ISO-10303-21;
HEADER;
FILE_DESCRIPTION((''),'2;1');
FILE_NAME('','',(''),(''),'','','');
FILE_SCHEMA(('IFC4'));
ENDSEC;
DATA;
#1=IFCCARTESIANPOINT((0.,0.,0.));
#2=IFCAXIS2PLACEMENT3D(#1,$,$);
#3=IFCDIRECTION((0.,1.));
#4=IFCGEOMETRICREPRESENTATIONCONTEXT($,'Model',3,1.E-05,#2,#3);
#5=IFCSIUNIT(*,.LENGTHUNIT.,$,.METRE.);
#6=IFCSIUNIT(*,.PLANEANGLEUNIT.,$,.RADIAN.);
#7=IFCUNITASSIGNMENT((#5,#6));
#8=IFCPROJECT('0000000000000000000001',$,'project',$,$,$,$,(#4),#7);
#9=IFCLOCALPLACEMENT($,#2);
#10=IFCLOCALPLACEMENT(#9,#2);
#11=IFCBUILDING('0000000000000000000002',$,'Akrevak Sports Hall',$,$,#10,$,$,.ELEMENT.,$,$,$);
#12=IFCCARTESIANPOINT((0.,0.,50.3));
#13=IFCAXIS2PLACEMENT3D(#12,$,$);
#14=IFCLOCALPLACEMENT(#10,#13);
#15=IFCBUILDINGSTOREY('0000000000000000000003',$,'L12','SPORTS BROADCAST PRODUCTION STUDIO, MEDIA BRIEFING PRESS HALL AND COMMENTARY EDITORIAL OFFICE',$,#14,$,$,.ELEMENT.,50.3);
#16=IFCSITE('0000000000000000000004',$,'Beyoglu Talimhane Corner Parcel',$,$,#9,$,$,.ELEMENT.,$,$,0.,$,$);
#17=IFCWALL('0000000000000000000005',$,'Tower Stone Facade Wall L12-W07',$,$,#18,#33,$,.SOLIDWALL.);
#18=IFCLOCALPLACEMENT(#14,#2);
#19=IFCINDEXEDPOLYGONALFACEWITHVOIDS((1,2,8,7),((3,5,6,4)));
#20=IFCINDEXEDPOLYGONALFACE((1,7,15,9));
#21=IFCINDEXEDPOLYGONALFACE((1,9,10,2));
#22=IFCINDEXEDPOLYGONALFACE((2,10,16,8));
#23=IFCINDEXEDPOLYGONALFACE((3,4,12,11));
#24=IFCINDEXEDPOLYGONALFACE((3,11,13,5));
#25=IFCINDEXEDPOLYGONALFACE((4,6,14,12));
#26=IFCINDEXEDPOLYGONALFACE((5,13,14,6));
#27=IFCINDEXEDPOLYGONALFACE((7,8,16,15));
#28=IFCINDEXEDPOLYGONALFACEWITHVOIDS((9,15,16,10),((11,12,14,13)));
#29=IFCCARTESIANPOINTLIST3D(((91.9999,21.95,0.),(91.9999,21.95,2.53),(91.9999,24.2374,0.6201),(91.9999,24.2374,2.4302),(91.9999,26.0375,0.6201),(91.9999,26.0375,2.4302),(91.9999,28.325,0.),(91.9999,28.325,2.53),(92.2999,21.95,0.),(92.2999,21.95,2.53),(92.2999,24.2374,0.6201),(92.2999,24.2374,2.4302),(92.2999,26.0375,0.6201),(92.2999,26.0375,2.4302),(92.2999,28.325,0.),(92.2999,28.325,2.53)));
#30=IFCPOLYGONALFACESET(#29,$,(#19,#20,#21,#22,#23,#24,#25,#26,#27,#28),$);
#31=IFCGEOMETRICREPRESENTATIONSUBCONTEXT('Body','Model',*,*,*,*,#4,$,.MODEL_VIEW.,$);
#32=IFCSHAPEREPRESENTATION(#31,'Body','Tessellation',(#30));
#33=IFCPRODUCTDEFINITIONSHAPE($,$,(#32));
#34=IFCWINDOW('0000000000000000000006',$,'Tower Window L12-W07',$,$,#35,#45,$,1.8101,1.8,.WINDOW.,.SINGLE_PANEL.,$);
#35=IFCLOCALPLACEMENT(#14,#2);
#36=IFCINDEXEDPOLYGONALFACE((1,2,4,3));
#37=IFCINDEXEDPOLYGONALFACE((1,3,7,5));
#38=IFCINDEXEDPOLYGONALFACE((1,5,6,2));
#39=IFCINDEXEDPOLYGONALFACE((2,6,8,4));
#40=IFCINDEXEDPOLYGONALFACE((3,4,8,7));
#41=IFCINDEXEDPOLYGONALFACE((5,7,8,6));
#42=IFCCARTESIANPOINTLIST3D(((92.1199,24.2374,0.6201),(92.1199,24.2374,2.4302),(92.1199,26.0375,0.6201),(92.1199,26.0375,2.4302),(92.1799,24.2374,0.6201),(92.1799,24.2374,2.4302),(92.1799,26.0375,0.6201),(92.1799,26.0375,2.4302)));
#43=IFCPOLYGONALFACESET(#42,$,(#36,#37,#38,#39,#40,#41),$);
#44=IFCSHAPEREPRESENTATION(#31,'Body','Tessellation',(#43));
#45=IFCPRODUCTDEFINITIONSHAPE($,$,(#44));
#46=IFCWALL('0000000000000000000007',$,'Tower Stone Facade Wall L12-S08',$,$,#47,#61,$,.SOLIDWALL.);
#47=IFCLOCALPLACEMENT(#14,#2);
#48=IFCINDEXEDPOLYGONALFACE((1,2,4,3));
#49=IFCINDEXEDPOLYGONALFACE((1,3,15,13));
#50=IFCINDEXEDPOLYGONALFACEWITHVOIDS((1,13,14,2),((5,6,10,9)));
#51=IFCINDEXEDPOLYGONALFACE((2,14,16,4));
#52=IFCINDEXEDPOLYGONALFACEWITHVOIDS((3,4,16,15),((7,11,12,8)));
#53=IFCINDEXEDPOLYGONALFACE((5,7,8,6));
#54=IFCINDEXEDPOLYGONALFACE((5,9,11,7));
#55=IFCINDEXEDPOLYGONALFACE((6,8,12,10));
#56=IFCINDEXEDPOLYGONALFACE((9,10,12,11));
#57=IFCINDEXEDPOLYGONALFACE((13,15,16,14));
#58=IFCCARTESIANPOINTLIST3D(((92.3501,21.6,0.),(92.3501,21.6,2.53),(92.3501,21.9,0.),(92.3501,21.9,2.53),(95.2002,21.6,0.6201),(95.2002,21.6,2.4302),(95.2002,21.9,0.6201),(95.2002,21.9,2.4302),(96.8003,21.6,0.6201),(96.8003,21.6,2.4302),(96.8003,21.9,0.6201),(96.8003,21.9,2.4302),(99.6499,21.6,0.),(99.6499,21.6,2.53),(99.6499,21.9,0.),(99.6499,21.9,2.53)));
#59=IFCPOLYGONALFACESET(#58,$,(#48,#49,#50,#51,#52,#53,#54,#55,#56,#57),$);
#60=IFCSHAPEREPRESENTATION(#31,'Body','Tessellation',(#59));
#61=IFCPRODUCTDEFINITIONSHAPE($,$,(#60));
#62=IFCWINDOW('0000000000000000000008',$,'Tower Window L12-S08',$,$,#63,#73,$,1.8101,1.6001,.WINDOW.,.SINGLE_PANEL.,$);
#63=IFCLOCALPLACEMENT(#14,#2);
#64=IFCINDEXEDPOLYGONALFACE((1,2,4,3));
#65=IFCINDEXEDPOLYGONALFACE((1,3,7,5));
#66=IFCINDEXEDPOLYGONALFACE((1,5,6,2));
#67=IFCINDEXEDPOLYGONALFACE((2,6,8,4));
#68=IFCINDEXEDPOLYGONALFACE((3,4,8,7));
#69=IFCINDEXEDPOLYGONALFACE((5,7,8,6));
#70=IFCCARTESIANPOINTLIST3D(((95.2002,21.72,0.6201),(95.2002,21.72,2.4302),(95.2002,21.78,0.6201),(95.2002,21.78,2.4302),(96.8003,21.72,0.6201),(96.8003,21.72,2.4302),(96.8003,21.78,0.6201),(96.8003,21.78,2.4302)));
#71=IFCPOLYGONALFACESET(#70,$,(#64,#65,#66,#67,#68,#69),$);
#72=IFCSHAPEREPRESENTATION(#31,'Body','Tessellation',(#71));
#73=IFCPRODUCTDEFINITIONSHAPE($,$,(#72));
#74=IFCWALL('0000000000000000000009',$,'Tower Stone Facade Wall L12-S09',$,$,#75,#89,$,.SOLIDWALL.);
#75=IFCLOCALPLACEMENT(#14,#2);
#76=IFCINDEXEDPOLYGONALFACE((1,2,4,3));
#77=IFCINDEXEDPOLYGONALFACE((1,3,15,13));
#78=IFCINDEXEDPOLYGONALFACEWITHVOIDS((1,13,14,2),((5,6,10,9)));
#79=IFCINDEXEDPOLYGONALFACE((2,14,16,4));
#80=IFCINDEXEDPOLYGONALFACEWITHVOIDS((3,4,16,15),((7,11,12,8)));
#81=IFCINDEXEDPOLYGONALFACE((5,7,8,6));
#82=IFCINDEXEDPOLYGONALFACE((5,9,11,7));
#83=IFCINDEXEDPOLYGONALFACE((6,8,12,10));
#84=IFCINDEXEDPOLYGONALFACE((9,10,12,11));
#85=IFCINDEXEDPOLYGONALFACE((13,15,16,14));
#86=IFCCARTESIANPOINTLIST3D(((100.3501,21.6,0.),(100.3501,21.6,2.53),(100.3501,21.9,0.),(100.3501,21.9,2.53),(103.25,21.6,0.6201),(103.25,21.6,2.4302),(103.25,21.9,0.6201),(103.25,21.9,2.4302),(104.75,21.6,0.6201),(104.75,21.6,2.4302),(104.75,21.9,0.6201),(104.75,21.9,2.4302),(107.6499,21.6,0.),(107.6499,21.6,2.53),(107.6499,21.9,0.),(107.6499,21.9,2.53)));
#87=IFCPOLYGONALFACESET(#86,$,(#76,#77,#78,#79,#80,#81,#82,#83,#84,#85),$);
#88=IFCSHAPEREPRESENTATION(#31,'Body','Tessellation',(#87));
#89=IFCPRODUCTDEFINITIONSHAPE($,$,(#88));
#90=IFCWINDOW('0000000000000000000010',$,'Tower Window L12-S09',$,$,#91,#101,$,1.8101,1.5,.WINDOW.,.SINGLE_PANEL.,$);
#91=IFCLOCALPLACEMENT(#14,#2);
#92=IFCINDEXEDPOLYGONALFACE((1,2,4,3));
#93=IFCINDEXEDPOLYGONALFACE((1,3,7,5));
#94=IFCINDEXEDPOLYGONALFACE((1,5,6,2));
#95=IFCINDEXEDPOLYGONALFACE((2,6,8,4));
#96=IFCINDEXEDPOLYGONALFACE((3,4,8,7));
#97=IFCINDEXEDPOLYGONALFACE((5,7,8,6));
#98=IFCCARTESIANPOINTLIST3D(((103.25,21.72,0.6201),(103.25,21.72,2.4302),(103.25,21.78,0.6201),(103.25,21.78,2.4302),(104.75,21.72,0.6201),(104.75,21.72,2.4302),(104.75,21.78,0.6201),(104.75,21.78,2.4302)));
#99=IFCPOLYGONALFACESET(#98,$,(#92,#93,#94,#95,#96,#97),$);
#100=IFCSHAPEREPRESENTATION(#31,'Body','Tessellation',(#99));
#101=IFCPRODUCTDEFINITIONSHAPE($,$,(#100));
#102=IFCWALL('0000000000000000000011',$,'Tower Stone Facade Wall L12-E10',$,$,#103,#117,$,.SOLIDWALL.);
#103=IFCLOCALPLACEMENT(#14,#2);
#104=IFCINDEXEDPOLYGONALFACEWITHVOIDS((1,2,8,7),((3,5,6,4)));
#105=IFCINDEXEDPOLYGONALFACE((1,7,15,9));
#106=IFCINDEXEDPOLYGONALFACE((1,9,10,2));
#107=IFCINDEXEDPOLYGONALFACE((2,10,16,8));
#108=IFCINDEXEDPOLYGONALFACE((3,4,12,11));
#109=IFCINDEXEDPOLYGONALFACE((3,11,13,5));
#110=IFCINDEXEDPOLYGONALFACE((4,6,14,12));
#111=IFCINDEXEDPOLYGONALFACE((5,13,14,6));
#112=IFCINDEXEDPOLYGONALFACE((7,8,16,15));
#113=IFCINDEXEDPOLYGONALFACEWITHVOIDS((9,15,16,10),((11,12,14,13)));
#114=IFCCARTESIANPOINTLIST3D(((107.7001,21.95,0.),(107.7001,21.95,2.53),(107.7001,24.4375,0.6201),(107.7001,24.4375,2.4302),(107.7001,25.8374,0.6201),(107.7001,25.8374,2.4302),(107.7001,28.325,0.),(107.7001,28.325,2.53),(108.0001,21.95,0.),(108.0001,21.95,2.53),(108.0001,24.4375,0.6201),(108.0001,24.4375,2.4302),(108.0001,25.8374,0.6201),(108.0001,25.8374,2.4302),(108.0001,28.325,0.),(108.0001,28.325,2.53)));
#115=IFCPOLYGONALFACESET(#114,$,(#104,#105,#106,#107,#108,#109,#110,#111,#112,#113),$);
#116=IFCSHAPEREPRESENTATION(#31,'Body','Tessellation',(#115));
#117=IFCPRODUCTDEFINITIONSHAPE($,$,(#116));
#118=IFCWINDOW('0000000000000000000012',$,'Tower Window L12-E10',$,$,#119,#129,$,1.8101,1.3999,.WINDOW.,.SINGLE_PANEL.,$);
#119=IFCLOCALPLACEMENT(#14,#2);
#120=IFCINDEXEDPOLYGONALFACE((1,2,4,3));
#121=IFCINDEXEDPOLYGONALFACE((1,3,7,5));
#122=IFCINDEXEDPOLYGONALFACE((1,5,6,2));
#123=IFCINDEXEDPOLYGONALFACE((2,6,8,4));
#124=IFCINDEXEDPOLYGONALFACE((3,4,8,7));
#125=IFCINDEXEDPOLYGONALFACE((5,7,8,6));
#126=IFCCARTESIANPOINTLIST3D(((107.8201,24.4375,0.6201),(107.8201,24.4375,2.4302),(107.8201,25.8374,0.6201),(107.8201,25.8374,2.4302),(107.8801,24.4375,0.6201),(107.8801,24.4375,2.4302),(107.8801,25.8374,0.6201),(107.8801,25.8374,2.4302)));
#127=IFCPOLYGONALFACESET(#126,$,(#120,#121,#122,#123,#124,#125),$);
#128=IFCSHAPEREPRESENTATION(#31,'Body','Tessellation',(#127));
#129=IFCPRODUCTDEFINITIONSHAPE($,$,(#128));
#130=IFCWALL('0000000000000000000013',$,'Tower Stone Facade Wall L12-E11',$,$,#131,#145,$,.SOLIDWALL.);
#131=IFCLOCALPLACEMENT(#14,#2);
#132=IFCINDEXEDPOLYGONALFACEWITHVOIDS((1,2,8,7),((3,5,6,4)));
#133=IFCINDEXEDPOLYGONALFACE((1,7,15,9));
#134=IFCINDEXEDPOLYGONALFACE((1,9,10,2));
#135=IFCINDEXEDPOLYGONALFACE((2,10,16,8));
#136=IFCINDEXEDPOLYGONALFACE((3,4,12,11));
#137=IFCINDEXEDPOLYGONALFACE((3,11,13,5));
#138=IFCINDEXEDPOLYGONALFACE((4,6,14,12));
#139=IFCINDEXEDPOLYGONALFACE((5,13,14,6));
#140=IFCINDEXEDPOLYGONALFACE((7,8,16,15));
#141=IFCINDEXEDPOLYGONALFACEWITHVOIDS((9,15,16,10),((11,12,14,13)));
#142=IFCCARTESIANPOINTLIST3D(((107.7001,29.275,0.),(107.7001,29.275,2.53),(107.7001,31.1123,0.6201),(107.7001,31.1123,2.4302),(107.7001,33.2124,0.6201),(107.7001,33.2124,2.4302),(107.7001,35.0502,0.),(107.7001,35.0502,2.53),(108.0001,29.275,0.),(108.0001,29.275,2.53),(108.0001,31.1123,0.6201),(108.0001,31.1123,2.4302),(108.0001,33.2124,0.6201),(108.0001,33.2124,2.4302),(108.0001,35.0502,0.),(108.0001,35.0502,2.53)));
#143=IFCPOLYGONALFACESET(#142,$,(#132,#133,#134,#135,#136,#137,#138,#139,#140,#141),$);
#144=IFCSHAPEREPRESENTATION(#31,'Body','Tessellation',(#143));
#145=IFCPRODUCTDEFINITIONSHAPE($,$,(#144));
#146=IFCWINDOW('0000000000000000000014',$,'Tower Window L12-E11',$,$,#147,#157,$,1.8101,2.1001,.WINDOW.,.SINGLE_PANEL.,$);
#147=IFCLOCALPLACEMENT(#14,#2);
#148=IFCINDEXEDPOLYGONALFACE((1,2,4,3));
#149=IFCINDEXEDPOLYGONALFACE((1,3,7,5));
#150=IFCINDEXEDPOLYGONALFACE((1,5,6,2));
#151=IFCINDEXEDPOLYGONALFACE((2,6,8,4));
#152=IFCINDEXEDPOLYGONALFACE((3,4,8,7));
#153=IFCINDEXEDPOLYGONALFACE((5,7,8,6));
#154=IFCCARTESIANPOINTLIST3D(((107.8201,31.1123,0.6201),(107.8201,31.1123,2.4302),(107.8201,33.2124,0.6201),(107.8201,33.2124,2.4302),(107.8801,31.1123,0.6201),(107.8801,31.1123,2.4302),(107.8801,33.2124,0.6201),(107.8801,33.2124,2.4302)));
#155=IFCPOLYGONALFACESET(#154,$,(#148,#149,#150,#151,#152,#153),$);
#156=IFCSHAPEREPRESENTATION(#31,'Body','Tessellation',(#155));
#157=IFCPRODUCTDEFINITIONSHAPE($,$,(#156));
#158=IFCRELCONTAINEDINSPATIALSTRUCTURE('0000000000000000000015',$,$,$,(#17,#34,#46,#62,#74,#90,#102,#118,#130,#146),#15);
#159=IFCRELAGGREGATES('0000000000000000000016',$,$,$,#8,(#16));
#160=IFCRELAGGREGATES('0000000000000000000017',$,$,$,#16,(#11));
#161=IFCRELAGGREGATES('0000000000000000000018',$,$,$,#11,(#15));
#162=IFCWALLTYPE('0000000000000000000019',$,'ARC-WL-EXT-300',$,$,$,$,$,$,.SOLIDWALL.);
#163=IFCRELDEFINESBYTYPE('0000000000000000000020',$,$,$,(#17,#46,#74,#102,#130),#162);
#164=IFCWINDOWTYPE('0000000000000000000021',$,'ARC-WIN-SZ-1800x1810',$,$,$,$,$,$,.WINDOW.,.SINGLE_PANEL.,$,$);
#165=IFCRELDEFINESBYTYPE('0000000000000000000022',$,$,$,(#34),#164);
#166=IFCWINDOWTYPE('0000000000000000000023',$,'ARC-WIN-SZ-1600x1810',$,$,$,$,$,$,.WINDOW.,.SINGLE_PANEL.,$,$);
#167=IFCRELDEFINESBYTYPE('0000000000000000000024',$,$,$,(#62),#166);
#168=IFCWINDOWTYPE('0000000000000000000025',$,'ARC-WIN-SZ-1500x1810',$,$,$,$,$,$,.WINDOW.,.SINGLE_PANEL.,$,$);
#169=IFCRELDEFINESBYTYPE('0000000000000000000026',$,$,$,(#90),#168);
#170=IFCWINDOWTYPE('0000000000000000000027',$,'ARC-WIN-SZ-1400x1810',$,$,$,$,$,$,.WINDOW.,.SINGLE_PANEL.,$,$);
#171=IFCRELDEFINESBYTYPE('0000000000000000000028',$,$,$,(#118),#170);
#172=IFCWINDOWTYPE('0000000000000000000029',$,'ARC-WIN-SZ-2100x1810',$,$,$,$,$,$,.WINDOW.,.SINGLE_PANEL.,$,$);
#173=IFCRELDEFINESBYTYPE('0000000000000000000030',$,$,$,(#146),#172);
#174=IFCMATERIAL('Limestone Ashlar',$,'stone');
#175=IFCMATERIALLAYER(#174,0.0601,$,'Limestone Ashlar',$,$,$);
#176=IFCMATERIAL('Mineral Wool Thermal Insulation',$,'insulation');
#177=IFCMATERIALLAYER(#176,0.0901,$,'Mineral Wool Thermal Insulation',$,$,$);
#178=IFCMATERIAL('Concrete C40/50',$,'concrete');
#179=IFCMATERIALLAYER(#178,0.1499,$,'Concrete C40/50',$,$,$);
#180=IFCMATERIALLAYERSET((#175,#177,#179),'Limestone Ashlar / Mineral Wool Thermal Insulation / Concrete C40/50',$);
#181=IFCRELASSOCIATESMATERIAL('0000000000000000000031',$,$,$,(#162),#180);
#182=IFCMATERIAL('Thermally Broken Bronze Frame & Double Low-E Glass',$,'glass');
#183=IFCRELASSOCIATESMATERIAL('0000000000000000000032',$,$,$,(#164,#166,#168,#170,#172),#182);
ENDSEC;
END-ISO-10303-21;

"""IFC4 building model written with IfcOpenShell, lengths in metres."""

from ifc_helpers import new_model, si_unit, direction, frame, frame_2d, origin, place, context, subcontext, project, spatial, rectangle, extrude, material, layer, layer_set, type_object, element, fill, save


model = new_model("IFC4")

# Units and contexts
model_context = context("Model", 3, precision=1e-05, world=origin(), true_north=direction((0.0, 1.0)))
body_context = subcontext(model_context, "Body", "Model", "MODEL_VIEW")
ifc_project = project(units=[si_unit("LENGTHUNIT", "METRE"), si_unit("PLANEANGLEUNIT", "RADIAN")], contexts=[model_context])

# Site, building, storey
site_placement = place(None, origin())
site = spatial("IfcSite", under=ifc_project, at=site_placement, Name="Beyoglu Talimhane Corner Parcel", CompositionType="ELEMENT", RefElevation=0.0)
building_placement = place(site_placement, origin())
building = spatial("IfcBuilding", under=site, at=building_placement, Name="Akrevak Sports Hall", CompositionType="ELEMENT")
storey_placement = place(building_placement, frame((0.0, 0.0, 50.3)))
storey = spatial("IfcBuildingStorey", under=building, at=storey_placement, Name="L12", Description="SPORTS BROADCAST PRODUCTION STUDIO, MEDIA BRIEFING PRESS HALL AND COMMENTARY EDITORIAL OFFICE", CompositionType="ELEMENT", Elevation=50.3)

# Shared definitions
ifc_material_1 = material(Name="Concrete C40/50", Category="concrete")

# Walls, openings, windows
ifc_material_2 = material(Name="Limestone Ashlar", Category="stone")
ifc_layer_1 = layer(ifc_material_2, 0.0601, Name="Limestone Ashlar")
ifc_material_3 = material(Name="Mineral Wool Thermal Insulation", Category="insulation")
ifc_layer_2 = layer(ifc_material_3, 0.0901, Name="Mineral Wool Thermal Insulation")
ifc_layer_3 = layer(ifc_material_1, 0.1499, Name="Concrete C40/50")
ifc_layer_set_1 = layer_set([ifc_layer_1, ifc_layer_2, ifc_layer_3], Name="Limestone Ashlar / Mineral Wool Thermal Insulation / Concrete C40/50")
wall_type = type_object("IfcWallType", Name="ARC-WL-EXT-300", PredefinedType="SOLIDWALL", material=ifc_layer_set_1)
wall_1_placement = place(storey_placement, frame((92.1499, 28.325, 0.0), z_axis=(0.0, 0.0, 1.0), x_axis=(0.0, -1.0, 0.0)))
wall_1 = element("IfcWall", 1, at=wall_1_placement, inside=storey, type_object=wall_type, Name="Tower Stone Facade Wall L12-W07", PredefinedType="SOLIDWALL", context=body_context, shape_type="SweptSolid", body=[
    extrude(rectangle(XDim=6.375, YDim=0.3, at=frame_2d((3.1875, 0.0))), origin(), (0.0, 0.0, 1.0), 2.53),
])
opening_1_placement = place(wall_1_placement, frame((2.2876, 0.0, 0.6201)))
opening_1 = element("IfcOpeningElement", 2, at=opening_1_placement, cuts=wall_1, PredefinedType="OPENING", context=body_context, shape_type="SweptSolid", body=[
    extrude(rectangle(XDim=1.8, YDim=1.8101, at=frame_2d((0.8999, 0.905))), frame((0.0, 0.1621, 0.0), z_axis=(0.0, -1.0, 0.0), x_axis=(1.0, 0.0, 0.0)), (0.0, 0.0, 1.0), 0.324),
])
ifc_material_4 = material(Name="Thermally Broken Bronze Frame & Double Low-E Glass", Category="glass")
window_type_1 = type_object("IfcWindowType", Name="ARC-WIN-SZ-1800x1810", PartitioningType="SINGLE_PANEL", PredefinedType="WINDOW", material=ifc_material_4)
window_1_placement = place(opening_1_placement, origin())
window_1 = element("IfcWindow", 3, at=window_1_placement, inside=storey, type_object=window_type_1, Name="Tower Window L12-W07", OverallHeight=1.8101, OverallWidth=1.8, PartitioningType="SINGLE_PANEL", PredefinedType="WINDOW", context=body_context, shape_type="SweptSolid", body=[
    extrude(rectangle(XDim=1.8, YDim=1.8101, at=frame_2d((0.8999, 0.905))), frame((0.0, 0.03, 0.0), z_axis=(0.0, -1.0, 0.0), x_axis=(1.0, 0.0, 0.0)), (0.0, 0.0, 1.0), 0.0601),
])
fill(opening_1, window_1)
wall_2_placement = place(storey_placement, frame((92.3501, 21.75, 0.0), z_axis=(0.0, 0.0, 1.0), x_axis=(1.0, 0.0, 0.0)))
wall_2 = element("IfcWall", 4, at=wall_2_placement, inside=storey, type_object=wall_type, Name="Tower Stone Facade Wall L12-S08", PredefinedType="SOLIDWALL", context=body_context, shape_type="SweptSolid", body=[
    extrude(rectangle(XDim=7.2998, YDim=0.3, at=frame_2d((3.6499, 0.0))), origin(), (0.0, 0.0, 1.0), 2.53),
])
opening_2_placement = place(wall_2_placement, frame((2.8501, 0.0, 0.6201)))
opening_2 = element("IfcOpeningElement", 5, at=opening_2_placement, cuts=wall_2, PredefinedType="OPENING", context=body_context, shape_type="SweptSolid", body=[
    extrude(rectangle(XDim=1.6001, YDim=1.8101, at=frame_2d((0.8, 0.905))), frame((0.0, 0.1621, 0.0), z_axis=(0.0, -1.0, 0.0), x_axis=(1.0, 0.0, 0.0)), (0.0, 0.0, 1.0), 0.324),
])
window_type_2 = type_object("IfcWindowType", Name="ARC-WIN-SZ-1600x1810", PartitioningType="SINGLE_PANEL", PredefinedType="WINDOW", material=ifc_material_4)
window_2_placement = place(opening_2_placement, origin())
window_2 = element("IfcWindow", 6, at=window_2_placement, inside=storey, type_object=window_type_2, Name="Tower Window L12-S08", OverallHeight=1.8101, OverallWidth=1.6001, PartitioningType="SINGLE_PANEL", PredefinedType="WINDOW", context=body_context, shape_type="SweptSolid", body=[
    extrude(rectangle(XDim=1.6001, YDim=1.8101, at=frame_2d((0.8, 0.905))), frame((0.0, 0.03, 0.0), z_axis=(0.0, -1.0, 0.0), x_axis=(1.0, 0.0, 0.0)), (0.0, 0.0, 1.0), 0.0601),
])
fill(opening_2, window_2)
wall_3_placement = place(storey_placement, frame((100.3501, 21.75, 0.0), z_axis=(0.0, 0.0, 1.0), x_axis=(1.0, 0.0, 0.0)))
wall_3 = element("IfcWall", 7, at=wall_3_placement, inside=storey, type_object=wall_type, Name="Tower Stone Facade Wall L12-S09", PredefinedType="SOLIDWALL", context=body_context, shape_type="SweptSolid", body=[
    extrude(rectangle(XDim=7.2998, YDim=0.3, at=frame_2d((3.6499, 0.0))), origin(), (0.0, 0.0, 1.0), 2.53),
])
opening_3_placement = place(wall_3_placement, frame((2.8999, 0.0, 0.6201)))
opening_3 = element("IfcOpeningElement", 8, at=opening_3_placement, cuts=wall_3, PredefinedType="OPENING", context=body_context, shape_type="SweptSolid", body=[
    extrude(rectangle(XDim=1.5, YDim=1.8101, at=frame_2d((0.75, 0.905))), frame((0.0, 0.1621, 0.0), z_axis=(0.0, -1.0, 0.0), x_axis=(1.0, 0.0, 0.0)), (0.0, 0.0, 1.0), 0.324),
])
window_type_3 = type_object("IfcWindowType", Name="ARC-WIN-SZ-1500x1810", PartitioningType="SINGLE_PANEL", PredefinedType="WINDOW", material=ifc_material_4)
window_3_placement = place(opening_3_placement, origin())
window_3 = element("IfcWindow", 9, at=window_3_placement, inside=storey, type_object=window_type_3, Name="Tower Window L12-S09", OverallHeight=1.8101, OverallWidth=1.5, PartitioningType="SINGLE_PANEL", PredefinedType="WINDOW", context=body_context, shape_type="SweptSolid", body=[
    extrude(rectangle(XDim=1.5, YDim=1.8101, at=frame_2d((0.75, 0.905))), frame((0.0, 0.03, 0.0), z_axis=(0.0, -1.0, 0.0), x_axis=(1.0, 0.0, 0.0)), (0.0, 0.0, 1.0), 0.0601),
])
fill(opening_3, window_3)
wall_4_placement = place(storey_placement, frame((107.8501, 21.95, 0.0), z_axis=(0.0, 0.0, 1.0), x_axis=(0.0, 1.0, 0.0)))
wall_4 = element("IfcWall", 10, at=wall_4_placement, inside=storey, type_object=wall_type, Name="Tower Stone Facade Wall L12-E10", PredefinedType="SOLIDWALL", context=body_context, shape_type="SweptSolid", body=[
    extrude(rectangle(XDim=6.375, YDim=0.3, at=frame_2d((3.1875, 0.0))), origin(), (0.0, 0.0, 1.0), 2.53),
])
opening_4_placement = place(wall_4_placement, frame((2.4875, 0.0, 0.6201)))
opening_4 = element("IfcOpeningElement", 11, at=opening_4_placement, cuts=wall_4, PredefinedType="OPENING", context=body_context, shape_type="SweptSolid", body=[
    extrude(rectangle(XDim=1.3999, YDim=1.8101, at=frame_2d((0.7, 0.905))), frame((0.0, 0.1621, 0.0), z_axis=(0.0, -1.0, 0.0), x_axis=(1.0, 0.0, 0.0)), (0.0, 0.0, 1.0), 0.324),
])
window_type_4 = type_object("IfcWindowType", Name="ARC-WIN-SZ-1400x1810", PartitioningType="SINGLE_PANEL", PredefinedType="WINDOW", material=ifc_material_4)
window_4_placement = place(opening_4_placement, origin())
window_4 = element("IfcWindow", 12, at=window_4_placement, inside=storey, type_object=window_type_4, Name="Tower Window L12-E10", OverallHeight=1.8101, OverallWidth=1.3999, PartitioningType="SINGLE_PANEL", PredefinedType="WINDOW", context=body_context, shape_type="SweptSolid", body=[
    extrude(rectangle(XDim=1.3999, YDim=1.8101, at=frame_2d((0.7, 0.905))), frame((0.0, 0.03, 0.0), z_axis=(0.0, -1.0, 0.0), x_axis=(1.0, 0.0, 0.0)), (0.0, 0.0, 1.0), 0.0601),
])
fill(opening_4, window_4)
wall_5_placement = place(storey_placement, frame((107.8501, 29.2749, 0.0), z_axis=(0.0, 0.0, 1.0), x_axis=(0.0, 1.0, 0.0)))
wall_5 = element("IfcWall", 13, at=wall_5_placement, inside=storey, type_object=wall_type, Name="Tower Stone Facade Wall L12-E11", PredefinedType="SOLIDWALL", context=body_context, shape_type="SweptSolid", body=[
    extrude(rectangle(XDim=5.7751, YDim=0.3, at=frame_2d((2.8877, 0.0))), origin(), (0.0, 0.0, 1.0), 2.53),
])
opening_5_placement = place(wall_5_placement, frame((1.8374, 0.0, 0.6201)))
opening_5 = element("IfcOpeningElement", 14, at=opening_5_placement, cuts=wall_5, PredefinedType="OPENING", context=body_context, shape_type="SweptSolid", body=[
    extrude(rectangle(XDim=2.1001, YDim=1.8101, at=frame_2d((1.05, 0.905))), frame((0.0, 0.1621, 0.0), z_axis=(0.0, -1.0, 0.0), x_axis=(1.0, 0.0, 0.0)), (0.0, 0.0, 1.0), 0.324),
])
window_type_5 = type_object("IfcWindowType", Name="ARC-WIN-SZ-2100x1810", PartitioningType="SINGLE_PANEL", PredefinedType="WINDOW", material=ifc_material_4)
window_5_placement = place(opening_5_placement, origin())
window_5 = element("IfcWindow", 15, at=window_5_placement, inside=storey, type_object=window_type_5, Name="Tower Window L12-E11", OverallHeight=1.8101, OverallWidth=2.1001, PartitioningType="SINGLE_PANEL", PredefinedType="WINDOW", context=body_context, shape_type="SweptSolid", body=[
    extrude(rectangle(XDim=2.1001, YDim=1.8101, at=frame_2d((1.05, 0.905))), frame((0.0, 0.03, 0.0), z_axis=(0.0, -1.0, 0.0), x_axis=(1.0, 0.0, 0.0)), (0.0, 0.0, 1.0), 0.0601),
])
fill(opening_5, window_5)

save(model, "model.ifc")
